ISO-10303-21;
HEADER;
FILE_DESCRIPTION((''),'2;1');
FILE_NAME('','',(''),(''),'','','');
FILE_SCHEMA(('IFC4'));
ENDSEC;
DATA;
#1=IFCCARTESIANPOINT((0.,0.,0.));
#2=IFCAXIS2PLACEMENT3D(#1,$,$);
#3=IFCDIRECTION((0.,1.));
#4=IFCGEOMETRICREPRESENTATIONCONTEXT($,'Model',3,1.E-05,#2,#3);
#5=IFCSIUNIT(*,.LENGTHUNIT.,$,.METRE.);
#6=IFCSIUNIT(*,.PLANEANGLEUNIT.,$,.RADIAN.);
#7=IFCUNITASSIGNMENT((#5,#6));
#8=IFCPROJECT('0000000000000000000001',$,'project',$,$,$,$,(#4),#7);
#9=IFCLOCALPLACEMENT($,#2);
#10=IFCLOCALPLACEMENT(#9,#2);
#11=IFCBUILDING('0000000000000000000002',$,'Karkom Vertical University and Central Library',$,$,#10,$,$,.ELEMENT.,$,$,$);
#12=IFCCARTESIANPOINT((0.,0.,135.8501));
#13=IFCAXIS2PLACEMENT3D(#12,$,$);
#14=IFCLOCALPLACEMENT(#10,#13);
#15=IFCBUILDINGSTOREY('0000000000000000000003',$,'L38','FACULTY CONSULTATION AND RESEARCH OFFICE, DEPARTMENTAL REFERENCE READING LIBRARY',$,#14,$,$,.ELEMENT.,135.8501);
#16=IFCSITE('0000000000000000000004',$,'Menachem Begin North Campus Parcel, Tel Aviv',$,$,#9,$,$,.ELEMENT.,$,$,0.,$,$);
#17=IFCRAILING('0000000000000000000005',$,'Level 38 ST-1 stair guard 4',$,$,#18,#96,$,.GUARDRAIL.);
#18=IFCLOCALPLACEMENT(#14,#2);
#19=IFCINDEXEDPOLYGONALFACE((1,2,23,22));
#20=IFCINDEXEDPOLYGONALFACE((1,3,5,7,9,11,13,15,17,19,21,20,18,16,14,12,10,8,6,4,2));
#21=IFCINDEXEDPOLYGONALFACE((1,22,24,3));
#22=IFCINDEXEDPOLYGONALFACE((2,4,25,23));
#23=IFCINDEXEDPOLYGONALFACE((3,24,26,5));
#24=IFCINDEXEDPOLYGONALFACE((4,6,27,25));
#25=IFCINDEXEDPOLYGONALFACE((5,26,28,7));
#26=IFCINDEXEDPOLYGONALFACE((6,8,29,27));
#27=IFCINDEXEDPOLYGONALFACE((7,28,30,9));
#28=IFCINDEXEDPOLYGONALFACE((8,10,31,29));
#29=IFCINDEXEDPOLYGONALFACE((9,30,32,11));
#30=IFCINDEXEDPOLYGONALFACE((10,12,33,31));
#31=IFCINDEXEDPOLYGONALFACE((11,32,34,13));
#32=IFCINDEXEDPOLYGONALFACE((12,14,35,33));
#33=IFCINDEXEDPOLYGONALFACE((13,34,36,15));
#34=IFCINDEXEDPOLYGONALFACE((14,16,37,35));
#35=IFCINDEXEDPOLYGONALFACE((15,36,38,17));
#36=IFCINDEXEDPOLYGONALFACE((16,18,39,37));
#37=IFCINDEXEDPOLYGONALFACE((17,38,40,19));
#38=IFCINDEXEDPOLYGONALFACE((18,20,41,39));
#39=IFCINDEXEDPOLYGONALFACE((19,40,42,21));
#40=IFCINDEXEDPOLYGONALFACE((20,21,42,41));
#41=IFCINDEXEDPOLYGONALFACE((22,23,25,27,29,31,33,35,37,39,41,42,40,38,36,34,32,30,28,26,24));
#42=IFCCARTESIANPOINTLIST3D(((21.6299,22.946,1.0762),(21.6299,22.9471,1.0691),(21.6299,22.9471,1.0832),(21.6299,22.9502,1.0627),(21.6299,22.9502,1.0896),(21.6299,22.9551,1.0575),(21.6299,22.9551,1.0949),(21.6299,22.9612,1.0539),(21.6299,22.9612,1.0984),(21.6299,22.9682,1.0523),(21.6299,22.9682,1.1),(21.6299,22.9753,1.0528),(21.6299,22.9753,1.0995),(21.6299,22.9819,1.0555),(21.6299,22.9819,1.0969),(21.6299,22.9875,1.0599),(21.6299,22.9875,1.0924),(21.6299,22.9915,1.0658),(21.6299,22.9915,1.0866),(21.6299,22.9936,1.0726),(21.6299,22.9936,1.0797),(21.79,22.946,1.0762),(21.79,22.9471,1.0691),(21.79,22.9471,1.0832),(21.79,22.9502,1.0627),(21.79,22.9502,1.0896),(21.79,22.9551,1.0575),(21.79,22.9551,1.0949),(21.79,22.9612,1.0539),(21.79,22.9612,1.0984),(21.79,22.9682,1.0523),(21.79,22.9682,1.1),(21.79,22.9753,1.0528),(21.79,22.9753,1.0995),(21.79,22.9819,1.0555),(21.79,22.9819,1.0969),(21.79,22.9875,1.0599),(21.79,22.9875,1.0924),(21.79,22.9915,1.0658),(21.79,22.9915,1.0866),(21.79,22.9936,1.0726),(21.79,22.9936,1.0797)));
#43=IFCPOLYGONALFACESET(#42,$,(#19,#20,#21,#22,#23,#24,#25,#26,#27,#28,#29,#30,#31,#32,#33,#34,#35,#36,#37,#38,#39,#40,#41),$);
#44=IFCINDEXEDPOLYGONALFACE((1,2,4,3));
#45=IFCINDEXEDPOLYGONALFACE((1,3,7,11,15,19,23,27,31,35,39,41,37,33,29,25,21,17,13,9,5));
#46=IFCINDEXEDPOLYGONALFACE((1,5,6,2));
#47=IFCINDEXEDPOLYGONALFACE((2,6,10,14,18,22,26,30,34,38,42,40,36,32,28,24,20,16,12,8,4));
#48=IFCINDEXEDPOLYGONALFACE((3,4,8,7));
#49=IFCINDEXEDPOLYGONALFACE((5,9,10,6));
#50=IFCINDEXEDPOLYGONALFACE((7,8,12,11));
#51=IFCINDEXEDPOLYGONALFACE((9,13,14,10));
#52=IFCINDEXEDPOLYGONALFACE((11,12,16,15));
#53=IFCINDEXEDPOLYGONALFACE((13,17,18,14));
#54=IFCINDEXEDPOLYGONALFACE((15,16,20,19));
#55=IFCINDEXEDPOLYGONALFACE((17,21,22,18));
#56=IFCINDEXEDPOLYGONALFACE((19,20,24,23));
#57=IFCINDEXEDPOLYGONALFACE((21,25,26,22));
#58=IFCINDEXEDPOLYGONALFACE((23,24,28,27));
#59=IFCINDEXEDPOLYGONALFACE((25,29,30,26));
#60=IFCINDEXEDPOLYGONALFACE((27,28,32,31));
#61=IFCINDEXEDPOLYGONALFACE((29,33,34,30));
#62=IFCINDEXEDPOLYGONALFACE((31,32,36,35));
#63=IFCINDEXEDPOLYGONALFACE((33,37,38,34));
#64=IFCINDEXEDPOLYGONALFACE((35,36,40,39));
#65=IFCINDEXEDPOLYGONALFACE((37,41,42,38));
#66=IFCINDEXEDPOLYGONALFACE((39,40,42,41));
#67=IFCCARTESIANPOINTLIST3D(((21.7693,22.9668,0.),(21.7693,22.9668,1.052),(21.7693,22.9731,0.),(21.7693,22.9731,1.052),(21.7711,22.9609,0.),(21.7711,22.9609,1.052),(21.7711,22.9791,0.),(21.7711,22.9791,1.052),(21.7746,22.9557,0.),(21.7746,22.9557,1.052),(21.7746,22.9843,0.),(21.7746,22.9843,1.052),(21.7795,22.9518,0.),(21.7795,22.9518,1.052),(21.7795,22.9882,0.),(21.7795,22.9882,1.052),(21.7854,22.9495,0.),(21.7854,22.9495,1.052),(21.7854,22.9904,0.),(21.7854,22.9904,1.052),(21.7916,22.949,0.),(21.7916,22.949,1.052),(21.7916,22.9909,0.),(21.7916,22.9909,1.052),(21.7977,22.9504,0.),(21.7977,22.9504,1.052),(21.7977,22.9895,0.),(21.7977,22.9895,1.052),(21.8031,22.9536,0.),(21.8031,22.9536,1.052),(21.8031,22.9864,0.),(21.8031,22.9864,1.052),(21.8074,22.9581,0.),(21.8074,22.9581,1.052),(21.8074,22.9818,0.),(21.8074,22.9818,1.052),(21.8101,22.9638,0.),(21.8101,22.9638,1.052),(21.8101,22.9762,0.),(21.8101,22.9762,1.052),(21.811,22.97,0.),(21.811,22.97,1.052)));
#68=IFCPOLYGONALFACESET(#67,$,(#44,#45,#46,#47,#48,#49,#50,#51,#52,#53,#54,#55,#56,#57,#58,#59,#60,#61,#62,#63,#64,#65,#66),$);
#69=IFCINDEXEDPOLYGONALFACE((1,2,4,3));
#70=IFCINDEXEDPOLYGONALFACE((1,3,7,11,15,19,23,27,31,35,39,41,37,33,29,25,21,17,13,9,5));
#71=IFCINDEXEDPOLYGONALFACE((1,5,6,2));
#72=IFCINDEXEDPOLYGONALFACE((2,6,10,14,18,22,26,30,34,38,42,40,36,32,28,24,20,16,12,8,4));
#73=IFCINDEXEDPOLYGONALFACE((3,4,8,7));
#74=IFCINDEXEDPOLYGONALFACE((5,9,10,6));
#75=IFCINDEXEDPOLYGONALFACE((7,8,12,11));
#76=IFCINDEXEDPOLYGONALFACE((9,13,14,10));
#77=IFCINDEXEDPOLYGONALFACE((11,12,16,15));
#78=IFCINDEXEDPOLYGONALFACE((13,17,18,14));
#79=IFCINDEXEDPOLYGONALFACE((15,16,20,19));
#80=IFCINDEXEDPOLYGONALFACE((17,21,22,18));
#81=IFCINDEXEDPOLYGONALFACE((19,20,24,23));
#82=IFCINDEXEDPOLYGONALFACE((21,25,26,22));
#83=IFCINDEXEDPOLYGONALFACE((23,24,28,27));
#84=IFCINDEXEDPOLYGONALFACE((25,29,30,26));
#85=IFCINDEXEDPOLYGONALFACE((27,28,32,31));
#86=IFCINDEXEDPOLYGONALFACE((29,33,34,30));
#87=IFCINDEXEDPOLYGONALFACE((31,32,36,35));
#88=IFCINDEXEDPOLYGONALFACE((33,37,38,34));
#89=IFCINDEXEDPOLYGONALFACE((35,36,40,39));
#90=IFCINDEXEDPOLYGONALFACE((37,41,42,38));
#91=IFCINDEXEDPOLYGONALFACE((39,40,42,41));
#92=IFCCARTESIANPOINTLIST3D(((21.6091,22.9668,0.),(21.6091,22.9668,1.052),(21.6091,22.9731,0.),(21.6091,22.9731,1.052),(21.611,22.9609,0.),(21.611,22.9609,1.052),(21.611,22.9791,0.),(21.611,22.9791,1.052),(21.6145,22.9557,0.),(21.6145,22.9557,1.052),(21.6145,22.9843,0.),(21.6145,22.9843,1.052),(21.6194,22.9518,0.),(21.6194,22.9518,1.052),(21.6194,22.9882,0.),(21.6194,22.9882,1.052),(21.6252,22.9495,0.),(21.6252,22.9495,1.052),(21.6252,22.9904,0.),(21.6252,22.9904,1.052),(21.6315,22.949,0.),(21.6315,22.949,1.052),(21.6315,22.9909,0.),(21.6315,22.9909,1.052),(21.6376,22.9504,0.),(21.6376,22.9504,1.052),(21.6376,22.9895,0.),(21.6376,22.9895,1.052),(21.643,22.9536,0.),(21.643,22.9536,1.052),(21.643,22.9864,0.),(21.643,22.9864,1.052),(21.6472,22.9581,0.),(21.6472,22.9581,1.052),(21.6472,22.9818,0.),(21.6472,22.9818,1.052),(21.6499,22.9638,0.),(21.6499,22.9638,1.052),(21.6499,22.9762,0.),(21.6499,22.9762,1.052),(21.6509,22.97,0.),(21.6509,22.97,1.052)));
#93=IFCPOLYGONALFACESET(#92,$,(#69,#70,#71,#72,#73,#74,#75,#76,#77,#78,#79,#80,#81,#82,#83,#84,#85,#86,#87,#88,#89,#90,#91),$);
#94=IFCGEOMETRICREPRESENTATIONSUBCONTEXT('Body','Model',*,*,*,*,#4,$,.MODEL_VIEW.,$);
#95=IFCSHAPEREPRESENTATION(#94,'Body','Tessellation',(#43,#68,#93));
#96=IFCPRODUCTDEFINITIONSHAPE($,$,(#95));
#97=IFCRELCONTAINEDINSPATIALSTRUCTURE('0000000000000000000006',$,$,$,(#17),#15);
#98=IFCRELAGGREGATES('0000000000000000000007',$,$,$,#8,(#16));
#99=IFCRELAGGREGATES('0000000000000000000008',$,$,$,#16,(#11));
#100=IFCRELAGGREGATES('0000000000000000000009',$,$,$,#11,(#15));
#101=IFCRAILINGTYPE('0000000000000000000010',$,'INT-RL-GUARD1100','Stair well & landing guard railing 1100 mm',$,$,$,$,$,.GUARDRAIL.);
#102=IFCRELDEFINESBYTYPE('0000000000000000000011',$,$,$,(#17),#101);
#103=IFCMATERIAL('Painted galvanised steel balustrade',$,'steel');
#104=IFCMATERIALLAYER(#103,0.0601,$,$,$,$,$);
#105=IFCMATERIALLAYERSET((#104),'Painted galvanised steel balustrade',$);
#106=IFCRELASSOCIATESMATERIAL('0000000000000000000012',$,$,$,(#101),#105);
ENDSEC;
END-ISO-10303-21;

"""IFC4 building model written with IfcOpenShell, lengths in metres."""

from ifc_helpers import new_model, si_unit, direction, frame, origin, origin_2d, place, context, subcontext, project, spatial, circle, extrude, material, layer, layer_set, type_object, element, save


model = new_model("IFC4")

# Units and contexts
model_context = context("Model", 3, precision=1e-05, world=origin(), true_north=direction((0.0, 1.0)))
body_context = subcontext(model_context, "Body", "Model", "MODEL_VIEW")
ifc_project = project(units=[si_unit("LENGTHUNIT", "METRE"), si_unit("PLANEANGLEUNIT", "RADIAN")], contexts=[model_context])

# Site, building, storey
site_placement = place(None, origin())
site = spatial("IfcSite", under=ifc_project, at=site_placement, Name="Menachem Begin North Campus Parcel, Tel Aviv", CompositionType="ELEMENT", RefElevation=0.0)
building_placement = place(site_placement, origin())
building = spatial("IfcBuilding", under=site, at=building_placement, Name="Karkom Vertical University and Central Library", CompositionType="ELEMENT")
storey_placement = place(building_placement, frame((0.0, 0.0, 135.8501)))
storey = spatial("IfcBuildingStorey", under=building, at=storey_placement, Name="L38", Description="FACULTY CONSULTATION AND RESEARCH OFFICE, DEPARTMENTAL REFERENCE READING LIBRARY", CompositionType="ELEMENT", Elevation=135.8501)

# Railing
ifc_material_1 = material(Name="Painted galvanised steel balustrade", Category="steel")
ifc_layer_1 = layer(ifc_material_1, 0.0601)
ifc_layer_set_1 = layer_set([ifc_layer_1], Name="Painted galvanised steel balustrade")
railing_type_1 = type_object("IfcRailingType", Name="INT-RL-GUARD1100", Description="Stair well & landing guard railing 1100 mm", PredefinedType="GUARDRAIL", material=ifc_layer_set_1)
railing_1_placement = place(storey_placement, frame((21.79, 22.97, 0.0)))
element("IfcRailing", 1, at=railing_1_placement, inside=storey, type_object=railing_type_1, Name="Level 38 ST-1 stair guard 4", PredefinedType="GUARDRAIL", context=body_context, shape_type="SweptSolid", body=[
    extrude(circle(Radius=0.0239, at=origin_2d()), frame((0.0, 0.0, 1.0762), z_axis=(-1.0, 0.0, 0.0), x_axis=(0.0, -1.0, 0.0)), (0.0, 0.0, 1.0), 0.1602),
    extrude(circle(Radius=0.021, at=origin_2d()), origin(), (0.0, 0.0, 1.0), 1.052),
    extrude(circle(Radius=0.021, at=origin_2d()), frame((-0.1602, 0.0, 0.0)), (0.0, 0.0, 1.0), 1.052),
])

save(model, "model.ifc")
